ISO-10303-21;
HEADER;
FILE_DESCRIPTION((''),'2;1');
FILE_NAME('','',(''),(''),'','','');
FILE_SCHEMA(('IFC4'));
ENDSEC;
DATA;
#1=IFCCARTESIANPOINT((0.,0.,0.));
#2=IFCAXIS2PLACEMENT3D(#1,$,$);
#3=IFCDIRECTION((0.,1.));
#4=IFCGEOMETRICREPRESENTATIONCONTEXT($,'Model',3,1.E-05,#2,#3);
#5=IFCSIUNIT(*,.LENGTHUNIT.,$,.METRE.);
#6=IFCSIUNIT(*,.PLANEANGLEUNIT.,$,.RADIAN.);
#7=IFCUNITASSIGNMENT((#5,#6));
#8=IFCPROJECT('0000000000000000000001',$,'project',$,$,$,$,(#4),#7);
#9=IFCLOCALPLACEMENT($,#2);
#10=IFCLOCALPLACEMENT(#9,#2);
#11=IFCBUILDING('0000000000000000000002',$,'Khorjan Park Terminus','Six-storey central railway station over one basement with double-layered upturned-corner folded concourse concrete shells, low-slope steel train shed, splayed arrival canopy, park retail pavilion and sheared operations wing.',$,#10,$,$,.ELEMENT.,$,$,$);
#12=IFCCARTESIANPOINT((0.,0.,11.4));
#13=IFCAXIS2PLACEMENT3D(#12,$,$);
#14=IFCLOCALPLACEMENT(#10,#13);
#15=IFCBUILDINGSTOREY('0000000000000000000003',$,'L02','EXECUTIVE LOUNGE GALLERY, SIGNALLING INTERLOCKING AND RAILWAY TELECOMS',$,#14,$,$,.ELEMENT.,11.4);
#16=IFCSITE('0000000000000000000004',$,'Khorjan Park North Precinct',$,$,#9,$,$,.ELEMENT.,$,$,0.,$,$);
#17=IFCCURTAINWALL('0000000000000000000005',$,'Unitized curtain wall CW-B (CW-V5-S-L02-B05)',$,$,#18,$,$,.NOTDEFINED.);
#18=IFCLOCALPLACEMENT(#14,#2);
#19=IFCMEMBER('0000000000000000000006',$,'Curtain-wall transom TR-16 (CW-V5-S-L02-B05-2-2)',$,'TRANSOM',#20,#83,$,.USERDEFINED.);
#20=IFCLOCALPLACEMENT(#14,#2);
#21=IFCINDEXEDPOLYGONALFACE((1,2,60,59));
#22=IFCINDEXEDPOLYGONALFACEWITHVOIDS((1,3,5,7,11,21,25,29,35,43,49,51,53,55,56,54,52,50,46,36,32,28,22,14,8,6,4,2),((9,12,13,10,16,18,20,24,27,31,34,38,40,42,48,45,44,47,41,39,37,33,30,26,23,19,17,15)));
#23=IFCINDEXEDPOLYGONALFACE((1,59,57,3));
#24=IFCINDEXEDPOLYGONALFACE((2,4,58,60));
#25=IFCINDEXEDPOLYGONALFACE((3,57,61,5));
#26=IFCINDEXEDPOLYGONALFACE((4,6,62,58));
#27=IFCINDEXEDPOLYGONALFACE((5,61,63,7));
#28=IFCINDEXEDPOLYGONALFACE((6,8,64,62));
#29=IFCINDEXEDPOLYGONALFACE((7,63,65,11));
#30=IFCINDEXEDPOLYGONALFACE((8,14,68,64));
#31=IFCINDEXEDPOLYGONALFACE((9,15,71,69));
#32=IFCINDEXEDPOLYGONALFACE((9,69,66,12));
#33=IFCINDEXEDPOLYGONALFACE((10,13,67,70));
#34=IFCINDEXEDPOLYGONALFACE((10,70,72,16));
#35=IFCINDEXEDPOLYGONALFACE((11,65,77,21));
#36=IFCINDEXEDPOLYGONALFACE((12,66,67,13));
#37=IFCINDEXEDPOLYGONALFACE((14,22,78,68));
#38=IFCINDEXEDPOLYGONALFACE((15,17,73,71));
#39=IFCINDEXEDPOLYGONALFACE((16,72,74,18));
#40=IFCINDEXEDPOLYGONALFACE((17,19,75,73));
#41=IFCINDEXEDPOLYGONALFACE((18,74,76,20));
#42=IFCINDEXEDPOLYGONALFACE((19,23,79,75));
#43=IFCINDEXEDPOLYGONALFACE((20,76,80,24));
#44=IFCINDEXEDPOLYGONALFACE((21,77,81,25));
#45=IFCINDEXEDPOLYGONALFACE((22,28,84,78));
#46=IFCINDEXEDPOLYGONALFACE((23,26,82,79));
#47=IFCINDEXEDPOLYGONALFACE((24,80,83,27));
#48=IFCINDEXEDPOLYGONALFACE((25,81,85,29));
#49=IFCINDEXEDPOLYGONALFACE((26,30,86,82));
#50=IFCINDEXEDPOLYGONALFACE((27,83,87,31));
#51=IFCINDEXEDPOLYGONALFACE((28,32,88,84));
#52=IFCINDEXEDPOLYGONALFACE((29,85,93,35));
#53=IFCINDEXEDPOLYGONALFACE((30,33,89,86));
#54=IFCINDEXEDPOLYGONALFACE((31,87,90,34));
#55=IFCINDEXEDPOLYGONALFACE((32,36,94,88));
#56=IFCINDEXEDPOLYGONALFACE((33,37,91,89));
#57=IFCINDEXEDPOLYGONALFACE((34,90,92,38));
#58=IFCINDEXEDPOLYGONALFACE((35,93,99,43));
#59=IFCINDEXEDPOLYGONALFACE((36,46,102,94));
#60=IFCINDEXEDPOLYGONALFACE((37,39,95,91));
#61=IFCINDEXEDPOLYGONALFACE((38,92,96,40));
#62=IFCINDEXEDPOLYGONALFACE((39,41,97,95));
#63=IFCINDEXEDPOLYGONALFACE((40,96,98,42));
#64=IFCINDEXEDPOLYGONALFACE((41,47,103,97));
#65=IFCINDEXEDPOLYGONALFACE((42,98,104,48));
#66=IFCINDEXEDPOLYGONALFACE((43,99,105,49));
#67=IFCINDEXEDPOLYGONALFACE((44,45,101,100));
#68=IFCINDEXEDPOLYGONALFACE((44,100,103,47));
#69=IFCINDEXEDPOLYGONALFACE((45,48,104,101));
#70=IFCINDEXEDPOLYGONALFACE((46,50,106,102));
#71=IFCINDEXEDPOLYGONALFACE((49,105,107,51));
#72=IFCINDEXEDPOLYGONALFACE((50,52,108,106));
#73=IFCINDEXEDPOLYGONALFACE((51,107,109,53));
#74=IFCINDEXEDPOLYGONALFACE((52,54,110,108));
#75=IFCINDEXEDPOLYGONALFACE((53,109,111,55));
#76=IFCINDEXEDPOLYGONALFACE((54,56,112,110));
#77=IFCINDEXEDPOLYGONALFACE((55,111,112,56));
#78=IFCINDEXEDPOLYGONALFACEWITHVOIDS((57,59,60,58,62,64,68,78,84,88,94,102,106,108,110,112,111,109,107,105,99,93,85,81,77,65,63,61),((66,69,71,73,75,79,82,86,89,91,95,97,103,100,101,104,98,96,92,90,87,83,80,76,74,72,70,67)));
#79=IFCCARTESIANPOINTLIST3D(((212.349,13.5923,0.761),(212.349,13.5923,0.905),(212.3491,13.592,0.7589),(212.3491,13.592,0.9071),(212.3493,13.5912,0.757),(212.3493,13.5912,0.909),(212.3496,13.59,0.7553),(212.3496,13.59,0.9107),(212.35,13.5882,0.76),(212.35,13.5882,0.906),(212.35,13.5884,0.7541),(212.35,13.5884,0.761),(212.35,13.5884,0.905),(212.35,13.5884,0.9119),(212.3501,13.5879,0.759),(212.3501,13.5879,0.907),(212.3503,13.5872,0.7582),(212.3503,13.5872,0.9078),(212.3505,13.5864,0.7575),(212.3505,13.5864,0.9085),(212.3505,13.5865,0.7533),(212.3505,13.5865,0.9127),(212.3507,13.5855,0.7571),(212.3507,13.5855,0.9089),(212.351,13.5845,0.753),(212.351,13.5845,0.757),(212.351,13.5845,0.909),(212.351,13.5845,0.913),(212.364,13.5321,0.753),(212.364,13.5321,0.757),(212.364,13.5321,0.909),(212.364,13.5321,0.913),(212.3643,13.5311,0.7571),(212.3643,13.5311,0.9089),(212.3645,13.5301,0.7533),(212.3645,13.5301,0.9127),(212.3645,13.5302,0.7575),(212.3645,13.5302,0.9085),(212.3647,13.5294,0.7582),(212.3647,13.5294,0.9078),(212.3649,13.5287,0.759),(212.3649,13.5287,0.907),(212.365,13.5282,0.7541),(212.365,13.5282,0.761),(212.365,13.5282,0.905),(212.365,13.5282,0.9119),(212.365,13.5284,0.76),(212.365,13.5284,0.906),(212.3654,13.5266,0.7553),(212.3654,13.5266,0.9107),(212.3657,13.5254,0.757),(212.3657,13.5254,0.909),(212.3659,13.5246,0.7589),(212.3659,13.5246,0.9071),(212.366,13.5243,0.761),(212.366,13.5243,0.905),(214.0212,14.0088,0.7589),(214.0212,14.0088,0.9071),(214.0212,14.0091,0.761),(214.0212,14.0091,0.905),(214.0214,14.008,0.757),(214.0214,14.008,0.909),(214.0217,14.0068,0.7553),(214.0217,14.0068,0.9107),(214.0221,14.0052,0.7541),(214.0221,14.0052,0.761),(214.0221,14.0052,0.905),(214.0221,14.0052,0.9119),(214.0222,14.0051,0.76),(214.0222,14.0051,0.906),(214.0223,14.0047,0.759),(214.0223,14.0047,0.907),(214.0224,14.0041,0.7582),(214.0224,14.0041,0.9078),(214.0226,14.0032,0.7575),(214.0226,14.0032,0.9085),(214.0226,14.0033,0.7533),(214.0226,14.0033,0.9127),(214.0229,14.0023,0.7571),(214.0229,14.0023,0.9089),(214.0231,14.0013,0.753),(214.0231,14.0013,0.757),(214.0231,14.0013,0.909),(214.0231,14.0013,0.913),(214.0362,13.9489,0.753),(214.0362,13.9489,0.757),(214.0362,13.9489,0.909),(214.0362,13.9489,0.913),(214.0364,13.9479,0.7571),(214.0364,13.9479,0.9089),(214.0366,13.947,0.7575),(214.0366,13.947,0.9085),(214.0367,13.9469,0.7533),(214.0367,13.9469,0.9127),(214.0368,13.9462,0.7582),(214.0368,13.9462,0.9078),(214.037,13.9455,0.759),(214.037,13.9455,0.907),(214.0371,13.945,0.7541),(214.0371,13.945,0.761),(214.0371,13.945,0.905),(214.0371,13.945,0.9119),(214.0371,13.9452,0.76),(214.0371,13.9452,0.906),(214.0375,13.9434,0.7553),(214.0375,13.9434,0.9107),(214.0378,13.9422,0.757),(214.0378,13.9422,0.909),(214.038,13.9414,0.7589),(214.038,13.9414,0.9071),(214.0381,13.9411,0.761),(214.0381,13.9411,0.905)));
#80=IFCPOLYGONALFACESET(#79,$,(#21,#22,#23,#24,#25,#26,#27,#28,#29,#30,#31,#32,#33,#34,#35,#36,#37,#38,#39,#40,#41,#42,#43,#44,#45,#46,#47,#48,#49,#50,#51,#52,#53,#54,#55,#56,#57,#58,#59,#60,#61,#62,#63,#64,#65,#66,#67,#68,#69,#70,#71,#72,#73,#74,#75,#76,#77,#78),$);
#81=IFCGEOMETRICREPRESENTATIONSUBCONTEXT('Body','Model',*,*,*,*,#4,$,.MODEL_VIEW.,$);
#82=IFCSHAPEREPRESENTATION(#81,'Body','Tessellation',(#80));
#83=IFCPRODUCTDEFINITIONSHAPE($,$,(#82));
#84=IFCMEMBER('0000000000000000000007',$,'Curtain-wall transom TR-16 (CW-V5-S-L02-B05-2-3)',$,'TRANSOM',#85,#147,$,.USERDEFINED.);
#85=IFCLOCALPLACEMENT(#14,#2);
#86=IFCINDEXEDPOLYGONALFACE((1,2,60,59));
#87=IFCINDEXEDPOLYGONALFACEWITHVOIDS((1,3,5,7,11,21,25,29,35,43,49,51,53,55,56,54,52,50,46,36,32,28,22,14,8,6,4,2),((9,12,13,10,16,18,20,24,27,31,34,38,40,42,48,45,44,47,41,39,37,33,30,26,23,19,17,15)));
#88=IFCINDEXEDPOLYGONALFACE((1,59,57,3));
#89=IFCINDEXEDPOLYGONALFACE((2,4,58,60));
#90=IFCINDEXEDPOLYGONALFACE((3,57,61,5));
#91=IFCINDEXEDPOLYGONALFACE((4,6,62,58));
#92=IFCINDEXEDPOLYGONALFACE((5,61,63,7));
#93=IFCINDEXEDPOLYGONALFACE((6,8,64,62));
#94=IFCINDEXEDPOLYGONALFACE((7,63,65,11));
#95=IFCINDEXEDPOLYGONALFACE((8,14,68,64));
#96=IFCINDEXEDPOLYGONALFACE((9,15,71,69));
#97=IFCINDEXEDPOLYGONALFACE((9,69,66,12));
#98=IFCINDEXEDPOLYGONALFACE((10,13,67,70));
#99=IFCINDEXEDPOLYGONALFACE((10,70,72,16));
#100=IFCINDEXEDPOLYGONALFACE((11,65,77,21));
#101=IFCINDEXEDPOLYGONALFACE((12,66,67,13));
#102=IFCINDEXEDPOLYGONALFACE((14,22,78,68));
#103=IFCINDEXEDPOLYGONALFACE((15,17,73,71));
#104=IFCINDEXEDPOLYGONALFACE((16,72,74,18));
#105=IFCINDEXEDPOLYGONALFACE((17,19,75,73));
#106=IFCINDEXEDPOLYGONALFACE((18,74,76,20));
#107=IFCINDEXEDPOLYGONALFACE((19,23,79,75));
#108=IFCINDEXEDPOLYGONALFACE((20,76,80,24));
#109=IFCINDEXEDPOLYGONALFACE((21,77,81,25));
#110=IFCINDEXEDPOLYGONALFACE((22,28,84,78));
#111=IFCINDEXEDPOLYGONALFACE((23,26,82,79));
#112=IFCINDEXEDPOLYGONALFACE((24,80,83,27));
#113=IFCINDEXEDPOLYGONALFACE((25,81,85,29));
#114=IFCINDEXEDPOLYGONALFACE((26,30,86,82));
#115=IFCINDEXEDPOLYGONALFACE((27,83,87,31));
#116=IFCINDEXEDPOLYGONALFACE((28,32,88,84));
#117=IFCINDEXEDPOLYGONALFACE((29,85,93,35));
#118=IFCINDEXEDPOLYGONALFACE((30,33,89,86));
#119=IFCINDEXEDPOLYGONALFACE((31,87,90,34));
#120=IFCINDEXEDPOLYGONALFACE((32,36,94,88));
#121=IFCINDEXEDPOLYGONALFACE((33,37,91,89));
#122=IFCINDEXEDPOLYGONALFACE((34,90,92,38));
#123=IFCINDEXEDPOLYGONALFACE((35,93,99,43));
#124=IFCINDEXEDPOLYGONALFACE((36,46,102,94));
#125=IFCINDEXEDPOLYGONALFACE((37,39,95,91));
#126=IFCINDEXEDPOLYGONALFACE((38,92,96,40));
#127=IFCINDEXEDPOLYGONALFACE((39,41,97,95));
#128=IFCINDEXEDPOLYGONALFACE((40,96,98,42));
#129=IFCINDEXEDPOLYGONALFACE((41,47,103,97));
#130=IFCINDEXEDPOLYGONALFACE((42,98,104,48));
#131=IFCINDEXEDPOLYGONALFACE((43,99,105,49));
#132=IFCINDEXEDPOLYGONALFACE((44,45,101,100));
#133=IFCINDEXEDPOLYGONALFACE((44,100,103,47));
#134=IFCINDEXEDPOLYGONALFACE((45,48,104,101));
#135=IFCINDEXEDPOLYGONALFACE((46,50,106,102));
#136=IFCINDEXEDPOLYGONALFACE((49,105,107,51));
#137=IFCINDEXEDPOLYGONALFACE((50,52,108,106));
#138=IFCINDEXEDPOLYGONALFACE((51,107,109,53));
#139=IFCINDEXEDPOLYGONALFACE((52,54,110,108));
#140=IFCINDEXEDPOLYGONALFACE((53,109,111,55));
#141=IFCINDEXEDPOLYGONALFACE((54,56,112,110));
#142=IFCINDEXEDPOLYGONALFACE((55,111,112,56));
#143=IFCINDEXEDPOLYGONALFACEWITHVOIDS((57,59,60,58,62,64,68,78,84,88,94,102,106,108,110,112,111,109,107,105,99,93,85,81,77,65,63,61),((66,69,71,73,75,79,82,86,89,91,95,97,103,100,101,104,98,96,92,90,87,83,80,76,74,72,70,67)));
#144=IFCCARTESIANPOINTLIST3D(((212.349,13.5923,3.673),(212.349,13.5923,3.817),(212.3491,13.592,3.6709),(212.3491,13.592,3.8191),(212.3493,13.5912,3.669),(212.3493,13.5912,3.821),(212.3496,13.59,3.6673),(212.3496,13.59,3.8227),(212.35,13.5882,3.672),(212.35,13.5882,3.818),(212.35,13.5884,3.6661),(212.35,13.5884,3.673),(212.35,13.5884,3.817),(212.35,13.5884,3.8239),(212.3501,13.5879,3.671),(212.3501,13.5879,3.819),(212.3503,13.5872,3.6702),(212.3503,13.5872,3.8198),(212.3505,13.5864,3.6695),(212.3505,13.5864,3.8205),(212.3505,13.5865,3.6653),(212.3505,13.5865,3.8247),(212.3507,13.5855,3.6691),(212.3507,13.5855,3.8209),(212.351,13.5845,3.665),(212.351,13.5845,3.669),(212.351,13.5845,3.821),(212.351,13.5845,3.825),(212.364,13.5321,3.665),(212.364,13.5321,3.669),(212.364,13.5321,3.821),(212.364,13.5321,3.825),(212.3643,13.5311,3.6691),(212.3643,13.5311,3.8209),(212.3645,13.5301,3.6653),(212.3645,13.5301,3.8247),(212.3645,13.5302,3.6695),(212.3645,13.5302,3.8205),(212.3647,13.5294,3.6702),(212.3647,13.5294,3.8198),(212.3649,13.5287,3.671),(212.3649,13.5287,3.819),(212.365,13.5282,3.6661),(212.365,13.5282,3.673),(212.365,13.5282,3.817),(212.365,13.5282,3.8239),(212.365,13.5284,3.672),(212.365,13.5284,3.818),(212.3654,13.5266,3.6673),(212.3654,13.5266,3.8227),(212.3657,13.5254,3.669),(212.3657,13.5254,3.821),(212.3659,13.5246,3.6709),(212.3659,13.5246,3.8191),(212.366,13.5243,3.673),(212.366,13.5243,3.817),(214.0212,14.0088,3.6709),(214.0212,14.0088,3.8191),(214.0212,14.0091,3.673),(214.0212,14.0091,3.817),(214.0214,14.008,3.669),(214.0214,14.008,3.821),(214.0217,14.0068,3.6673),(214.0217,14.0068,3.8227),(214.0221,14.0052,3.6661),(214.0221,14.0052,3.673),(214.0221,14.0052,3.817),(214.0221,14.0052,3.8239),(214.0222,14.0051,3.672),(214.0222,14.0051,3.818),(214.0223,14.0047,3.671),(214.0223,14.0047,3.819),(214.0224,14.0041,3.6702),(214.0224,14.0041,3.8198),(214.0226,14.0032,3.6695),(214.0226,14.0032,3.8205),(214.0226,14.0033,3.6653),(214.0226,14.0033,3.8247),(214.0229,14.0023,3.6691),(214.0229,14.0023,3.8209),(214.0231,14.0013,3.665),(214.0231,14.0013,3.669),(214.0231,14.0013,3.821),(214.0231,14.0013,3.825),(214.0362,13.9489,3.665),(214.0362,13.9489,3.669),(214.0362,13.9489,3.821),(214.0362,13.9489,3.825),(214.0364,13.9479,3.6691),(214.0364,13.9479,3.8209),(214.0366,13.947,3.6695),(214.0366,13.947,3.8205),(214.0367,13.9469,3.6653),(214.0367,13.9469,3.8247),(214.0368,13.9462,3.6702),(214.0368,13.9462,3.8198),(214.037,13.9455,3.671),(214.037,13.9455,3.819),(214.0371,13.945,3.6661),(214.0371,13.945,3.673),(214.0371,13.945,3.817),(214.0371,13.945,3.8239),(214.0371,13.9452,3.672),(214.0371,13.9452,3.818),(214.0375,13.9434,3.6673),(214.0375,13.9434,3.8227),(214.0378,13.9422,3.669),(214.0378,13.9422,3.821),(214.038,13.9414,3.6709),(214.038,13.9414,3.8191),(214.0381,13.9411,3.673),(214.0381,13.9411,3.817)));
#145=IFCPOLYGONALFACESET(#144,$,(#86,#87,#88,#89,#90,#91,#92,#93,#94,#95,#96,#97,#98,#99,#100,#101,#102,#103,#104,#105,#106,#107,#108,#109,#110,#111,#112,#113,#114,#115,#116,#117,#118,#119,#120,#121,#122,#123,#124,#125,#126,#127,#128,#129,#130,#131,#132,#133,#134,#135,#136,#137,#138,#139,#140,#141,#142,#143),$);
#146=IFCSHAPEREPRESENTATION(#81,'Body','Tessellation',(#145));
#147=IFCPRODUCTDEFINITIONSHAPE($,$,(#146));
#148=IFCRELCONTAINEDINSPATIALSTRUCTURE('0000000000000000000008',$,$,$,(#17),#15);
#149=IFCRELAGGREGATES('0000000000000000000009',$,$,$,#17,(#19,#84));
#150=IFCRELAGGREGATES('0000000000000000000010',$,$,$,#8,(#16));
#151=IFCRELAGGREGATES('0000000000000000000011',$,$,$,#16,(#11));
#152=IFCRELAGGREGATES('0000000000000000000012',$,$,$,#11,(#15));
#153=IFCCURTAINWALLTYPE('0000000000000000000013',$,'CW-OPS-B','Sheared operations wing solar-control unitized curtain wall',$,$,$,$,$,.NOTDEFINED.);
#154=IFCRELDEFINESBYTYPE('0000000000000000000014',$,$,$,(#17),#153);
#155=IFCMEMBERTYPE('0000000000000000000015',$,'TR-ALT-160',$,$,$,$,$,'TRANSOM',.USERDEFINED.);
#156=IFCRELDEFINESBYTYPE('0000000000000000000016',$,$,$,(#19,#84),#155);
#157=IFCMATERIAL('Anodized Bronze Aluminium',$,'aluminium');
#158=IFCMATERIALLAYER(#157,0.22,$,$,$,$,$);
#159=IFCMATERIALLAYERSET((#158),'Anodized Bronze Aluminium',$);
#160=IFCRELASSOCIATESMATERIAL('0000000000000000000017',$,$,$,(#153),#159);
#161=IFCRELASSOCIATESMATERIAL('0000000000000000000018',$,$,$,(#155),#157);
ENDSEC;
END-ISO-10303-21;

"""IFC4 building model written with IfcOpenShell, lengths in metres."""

from ifc_helpers import new_model, si_unit, direction, frame, origin, origin_2d, place, context, subcontext, project, spatial, hollow_rectangle, extrude, material, layer, layer_set, material_profile, profile_set, type_object, element, aggregate, save


model = new_model("IFC4")

# Units and contexts
model_context = context("Model", 3, precision=1e-05, world=origin(), true_north=direction((0.0, 1.0)))
body_context = subcontext(model_context, "Body", "Model", "MODEL_VIEW")
ifc_project = project(units=[si_unit("LENGTHUNIT", "METRE"), si_unit("PLANEANGLEUNIT", "RADIAN")], contexts=[model_context])

# Site, building, storey
site_placement = place(None, origin())
site = spatial("IfcSite", under=ifc_project, at=site_placement, Name="Khorjan Park North Precinct", CompositionType="ELEMENT", RefElevation=0.0)
building_placement = place(site_placement, origin())
building = spatial("IfcBuilding", under=site, at=building_placement, Name="Khorjan Park Terminus", Description="Six-storey central railway station over one basement with double-layered upturned-corner folded concourse concrete shells, low-slope steel train shed, splayed arrival canopy, park retail pavilion and sheared operations wing.", CompositionType="ELEMENT")
storey_placement = place(building_placement, frame((0.0, 0.0, 11.4)))
storey = spatial("IfcBuildingStorey", under=building, at=storey_placement, Name="L02", Description="EXECUTIVE LOUNGE GALLERY, SIGNALLING INTERLOCKING AND RAILWAY TELECOMS", CompositionType="ELEMENT", Elevation=11.4)

# Curtain wall, members
ifc_material_1 = material(Name="Anodized Bronze Aluminium", Category="aluminium")
ifc_layer_1 = layer(ifc_material_1, 0.22)
ifc_layer_set_1 = layer_set([ifc_layer_1], Name="Anodized Bronze Aluminium")
curtain_wall_type = type_object("IfcCurtainWallType", Name="CW-OPS-B", Description="Sheared operations wing solar-control unitized curtain wall", PredefinedType="NOTDEFINED", material=ifc_layer_set_1)
curtain_wall_placement = place(storey_placement, origin())
curtain_wall = element("IfcCurtainWall", 1, at=curtain_wall_placement, inside=storey, type_object=curtain_wall_type, Name="Unitized curtain wall CW-B (CW-V5-S-L02-B05)", PredefinedType="NOTDEFINED")
ifc_material_profile_1 = material_profile(ifc_material_1, hollow_rectangle(XDim=0.07, YDim=0.16, WallThickness=0.004, InnerFilletRadius=0.004, OuterFilletRadius=0.008, at=origin_2d()), Name="ALT 70x160x4")
ifc_profile_set_1 = profile_set([ifc_material_profile_1], Name="Anodized Bronze Aluminium")
member_type_1 = type_object("IfcMemberType", Name="TR-ALT-160", ElementType="TRANSOM", PredefinedType="USERDEFINED", material=ifc_profile_set_1)
member_1_placement = place(storey_placement, frame((212.3575, 13.5583, 0.833), z_axis=(0.97031, 0.241867, 0.0), x_axis=(-0.241867, 0.97031, 0.0)))
member_1 = element("IfcMember", 2, at=member_1_placement, type_object=member_type_1, Name="Curtain-wall transom TR-16 (CW-V5-S-L02-B05-2-2)", ObjectType="TRANSOM", PredefinedType="USERDEFINED", context=body_context, shape_type="SweptSolid", body=[
    extrude(hollow_rectangle(XDim=0.07, YDim=0.16, WallThickness=0.004, InnerFilletRadius=0.004, OuterFilletRadius=0.008, at=origin_2d()), origin(), (0.0, 0.0, 1.0), 1.7233),
])
member_2_placement = place(storey_placement, frame((212.3575, 13.5583, 3.745), z_axis=(0.97031, 0.241867, 0.0), x_axis=(-0.241867, 0.97031, 0.0)))
member_2 = element("IfcMember", 3, at=member_2_placement, type_object=member_type_1, Name="Curtain-wall transom TR-16 (CW-V5-S-L02-B05-2-3)", ObjectType="TRANSOM", PredefinedType="USERDEFINED", context=body_context, shape_type="SweptSolid", body=[
    extrude(hollow_rectangle(XDim=0.07, YDim=0.16, WallThickness=0.004, InnerFilletRadius=0.004, OuterFilletRadius=0.008, at=origin_2d()), origin(), (0.0, 0.0, 1.0), 1.7233),
])
aggregate(curtain_wall, [member_1, member_2])

save(model, "model.ifc")
